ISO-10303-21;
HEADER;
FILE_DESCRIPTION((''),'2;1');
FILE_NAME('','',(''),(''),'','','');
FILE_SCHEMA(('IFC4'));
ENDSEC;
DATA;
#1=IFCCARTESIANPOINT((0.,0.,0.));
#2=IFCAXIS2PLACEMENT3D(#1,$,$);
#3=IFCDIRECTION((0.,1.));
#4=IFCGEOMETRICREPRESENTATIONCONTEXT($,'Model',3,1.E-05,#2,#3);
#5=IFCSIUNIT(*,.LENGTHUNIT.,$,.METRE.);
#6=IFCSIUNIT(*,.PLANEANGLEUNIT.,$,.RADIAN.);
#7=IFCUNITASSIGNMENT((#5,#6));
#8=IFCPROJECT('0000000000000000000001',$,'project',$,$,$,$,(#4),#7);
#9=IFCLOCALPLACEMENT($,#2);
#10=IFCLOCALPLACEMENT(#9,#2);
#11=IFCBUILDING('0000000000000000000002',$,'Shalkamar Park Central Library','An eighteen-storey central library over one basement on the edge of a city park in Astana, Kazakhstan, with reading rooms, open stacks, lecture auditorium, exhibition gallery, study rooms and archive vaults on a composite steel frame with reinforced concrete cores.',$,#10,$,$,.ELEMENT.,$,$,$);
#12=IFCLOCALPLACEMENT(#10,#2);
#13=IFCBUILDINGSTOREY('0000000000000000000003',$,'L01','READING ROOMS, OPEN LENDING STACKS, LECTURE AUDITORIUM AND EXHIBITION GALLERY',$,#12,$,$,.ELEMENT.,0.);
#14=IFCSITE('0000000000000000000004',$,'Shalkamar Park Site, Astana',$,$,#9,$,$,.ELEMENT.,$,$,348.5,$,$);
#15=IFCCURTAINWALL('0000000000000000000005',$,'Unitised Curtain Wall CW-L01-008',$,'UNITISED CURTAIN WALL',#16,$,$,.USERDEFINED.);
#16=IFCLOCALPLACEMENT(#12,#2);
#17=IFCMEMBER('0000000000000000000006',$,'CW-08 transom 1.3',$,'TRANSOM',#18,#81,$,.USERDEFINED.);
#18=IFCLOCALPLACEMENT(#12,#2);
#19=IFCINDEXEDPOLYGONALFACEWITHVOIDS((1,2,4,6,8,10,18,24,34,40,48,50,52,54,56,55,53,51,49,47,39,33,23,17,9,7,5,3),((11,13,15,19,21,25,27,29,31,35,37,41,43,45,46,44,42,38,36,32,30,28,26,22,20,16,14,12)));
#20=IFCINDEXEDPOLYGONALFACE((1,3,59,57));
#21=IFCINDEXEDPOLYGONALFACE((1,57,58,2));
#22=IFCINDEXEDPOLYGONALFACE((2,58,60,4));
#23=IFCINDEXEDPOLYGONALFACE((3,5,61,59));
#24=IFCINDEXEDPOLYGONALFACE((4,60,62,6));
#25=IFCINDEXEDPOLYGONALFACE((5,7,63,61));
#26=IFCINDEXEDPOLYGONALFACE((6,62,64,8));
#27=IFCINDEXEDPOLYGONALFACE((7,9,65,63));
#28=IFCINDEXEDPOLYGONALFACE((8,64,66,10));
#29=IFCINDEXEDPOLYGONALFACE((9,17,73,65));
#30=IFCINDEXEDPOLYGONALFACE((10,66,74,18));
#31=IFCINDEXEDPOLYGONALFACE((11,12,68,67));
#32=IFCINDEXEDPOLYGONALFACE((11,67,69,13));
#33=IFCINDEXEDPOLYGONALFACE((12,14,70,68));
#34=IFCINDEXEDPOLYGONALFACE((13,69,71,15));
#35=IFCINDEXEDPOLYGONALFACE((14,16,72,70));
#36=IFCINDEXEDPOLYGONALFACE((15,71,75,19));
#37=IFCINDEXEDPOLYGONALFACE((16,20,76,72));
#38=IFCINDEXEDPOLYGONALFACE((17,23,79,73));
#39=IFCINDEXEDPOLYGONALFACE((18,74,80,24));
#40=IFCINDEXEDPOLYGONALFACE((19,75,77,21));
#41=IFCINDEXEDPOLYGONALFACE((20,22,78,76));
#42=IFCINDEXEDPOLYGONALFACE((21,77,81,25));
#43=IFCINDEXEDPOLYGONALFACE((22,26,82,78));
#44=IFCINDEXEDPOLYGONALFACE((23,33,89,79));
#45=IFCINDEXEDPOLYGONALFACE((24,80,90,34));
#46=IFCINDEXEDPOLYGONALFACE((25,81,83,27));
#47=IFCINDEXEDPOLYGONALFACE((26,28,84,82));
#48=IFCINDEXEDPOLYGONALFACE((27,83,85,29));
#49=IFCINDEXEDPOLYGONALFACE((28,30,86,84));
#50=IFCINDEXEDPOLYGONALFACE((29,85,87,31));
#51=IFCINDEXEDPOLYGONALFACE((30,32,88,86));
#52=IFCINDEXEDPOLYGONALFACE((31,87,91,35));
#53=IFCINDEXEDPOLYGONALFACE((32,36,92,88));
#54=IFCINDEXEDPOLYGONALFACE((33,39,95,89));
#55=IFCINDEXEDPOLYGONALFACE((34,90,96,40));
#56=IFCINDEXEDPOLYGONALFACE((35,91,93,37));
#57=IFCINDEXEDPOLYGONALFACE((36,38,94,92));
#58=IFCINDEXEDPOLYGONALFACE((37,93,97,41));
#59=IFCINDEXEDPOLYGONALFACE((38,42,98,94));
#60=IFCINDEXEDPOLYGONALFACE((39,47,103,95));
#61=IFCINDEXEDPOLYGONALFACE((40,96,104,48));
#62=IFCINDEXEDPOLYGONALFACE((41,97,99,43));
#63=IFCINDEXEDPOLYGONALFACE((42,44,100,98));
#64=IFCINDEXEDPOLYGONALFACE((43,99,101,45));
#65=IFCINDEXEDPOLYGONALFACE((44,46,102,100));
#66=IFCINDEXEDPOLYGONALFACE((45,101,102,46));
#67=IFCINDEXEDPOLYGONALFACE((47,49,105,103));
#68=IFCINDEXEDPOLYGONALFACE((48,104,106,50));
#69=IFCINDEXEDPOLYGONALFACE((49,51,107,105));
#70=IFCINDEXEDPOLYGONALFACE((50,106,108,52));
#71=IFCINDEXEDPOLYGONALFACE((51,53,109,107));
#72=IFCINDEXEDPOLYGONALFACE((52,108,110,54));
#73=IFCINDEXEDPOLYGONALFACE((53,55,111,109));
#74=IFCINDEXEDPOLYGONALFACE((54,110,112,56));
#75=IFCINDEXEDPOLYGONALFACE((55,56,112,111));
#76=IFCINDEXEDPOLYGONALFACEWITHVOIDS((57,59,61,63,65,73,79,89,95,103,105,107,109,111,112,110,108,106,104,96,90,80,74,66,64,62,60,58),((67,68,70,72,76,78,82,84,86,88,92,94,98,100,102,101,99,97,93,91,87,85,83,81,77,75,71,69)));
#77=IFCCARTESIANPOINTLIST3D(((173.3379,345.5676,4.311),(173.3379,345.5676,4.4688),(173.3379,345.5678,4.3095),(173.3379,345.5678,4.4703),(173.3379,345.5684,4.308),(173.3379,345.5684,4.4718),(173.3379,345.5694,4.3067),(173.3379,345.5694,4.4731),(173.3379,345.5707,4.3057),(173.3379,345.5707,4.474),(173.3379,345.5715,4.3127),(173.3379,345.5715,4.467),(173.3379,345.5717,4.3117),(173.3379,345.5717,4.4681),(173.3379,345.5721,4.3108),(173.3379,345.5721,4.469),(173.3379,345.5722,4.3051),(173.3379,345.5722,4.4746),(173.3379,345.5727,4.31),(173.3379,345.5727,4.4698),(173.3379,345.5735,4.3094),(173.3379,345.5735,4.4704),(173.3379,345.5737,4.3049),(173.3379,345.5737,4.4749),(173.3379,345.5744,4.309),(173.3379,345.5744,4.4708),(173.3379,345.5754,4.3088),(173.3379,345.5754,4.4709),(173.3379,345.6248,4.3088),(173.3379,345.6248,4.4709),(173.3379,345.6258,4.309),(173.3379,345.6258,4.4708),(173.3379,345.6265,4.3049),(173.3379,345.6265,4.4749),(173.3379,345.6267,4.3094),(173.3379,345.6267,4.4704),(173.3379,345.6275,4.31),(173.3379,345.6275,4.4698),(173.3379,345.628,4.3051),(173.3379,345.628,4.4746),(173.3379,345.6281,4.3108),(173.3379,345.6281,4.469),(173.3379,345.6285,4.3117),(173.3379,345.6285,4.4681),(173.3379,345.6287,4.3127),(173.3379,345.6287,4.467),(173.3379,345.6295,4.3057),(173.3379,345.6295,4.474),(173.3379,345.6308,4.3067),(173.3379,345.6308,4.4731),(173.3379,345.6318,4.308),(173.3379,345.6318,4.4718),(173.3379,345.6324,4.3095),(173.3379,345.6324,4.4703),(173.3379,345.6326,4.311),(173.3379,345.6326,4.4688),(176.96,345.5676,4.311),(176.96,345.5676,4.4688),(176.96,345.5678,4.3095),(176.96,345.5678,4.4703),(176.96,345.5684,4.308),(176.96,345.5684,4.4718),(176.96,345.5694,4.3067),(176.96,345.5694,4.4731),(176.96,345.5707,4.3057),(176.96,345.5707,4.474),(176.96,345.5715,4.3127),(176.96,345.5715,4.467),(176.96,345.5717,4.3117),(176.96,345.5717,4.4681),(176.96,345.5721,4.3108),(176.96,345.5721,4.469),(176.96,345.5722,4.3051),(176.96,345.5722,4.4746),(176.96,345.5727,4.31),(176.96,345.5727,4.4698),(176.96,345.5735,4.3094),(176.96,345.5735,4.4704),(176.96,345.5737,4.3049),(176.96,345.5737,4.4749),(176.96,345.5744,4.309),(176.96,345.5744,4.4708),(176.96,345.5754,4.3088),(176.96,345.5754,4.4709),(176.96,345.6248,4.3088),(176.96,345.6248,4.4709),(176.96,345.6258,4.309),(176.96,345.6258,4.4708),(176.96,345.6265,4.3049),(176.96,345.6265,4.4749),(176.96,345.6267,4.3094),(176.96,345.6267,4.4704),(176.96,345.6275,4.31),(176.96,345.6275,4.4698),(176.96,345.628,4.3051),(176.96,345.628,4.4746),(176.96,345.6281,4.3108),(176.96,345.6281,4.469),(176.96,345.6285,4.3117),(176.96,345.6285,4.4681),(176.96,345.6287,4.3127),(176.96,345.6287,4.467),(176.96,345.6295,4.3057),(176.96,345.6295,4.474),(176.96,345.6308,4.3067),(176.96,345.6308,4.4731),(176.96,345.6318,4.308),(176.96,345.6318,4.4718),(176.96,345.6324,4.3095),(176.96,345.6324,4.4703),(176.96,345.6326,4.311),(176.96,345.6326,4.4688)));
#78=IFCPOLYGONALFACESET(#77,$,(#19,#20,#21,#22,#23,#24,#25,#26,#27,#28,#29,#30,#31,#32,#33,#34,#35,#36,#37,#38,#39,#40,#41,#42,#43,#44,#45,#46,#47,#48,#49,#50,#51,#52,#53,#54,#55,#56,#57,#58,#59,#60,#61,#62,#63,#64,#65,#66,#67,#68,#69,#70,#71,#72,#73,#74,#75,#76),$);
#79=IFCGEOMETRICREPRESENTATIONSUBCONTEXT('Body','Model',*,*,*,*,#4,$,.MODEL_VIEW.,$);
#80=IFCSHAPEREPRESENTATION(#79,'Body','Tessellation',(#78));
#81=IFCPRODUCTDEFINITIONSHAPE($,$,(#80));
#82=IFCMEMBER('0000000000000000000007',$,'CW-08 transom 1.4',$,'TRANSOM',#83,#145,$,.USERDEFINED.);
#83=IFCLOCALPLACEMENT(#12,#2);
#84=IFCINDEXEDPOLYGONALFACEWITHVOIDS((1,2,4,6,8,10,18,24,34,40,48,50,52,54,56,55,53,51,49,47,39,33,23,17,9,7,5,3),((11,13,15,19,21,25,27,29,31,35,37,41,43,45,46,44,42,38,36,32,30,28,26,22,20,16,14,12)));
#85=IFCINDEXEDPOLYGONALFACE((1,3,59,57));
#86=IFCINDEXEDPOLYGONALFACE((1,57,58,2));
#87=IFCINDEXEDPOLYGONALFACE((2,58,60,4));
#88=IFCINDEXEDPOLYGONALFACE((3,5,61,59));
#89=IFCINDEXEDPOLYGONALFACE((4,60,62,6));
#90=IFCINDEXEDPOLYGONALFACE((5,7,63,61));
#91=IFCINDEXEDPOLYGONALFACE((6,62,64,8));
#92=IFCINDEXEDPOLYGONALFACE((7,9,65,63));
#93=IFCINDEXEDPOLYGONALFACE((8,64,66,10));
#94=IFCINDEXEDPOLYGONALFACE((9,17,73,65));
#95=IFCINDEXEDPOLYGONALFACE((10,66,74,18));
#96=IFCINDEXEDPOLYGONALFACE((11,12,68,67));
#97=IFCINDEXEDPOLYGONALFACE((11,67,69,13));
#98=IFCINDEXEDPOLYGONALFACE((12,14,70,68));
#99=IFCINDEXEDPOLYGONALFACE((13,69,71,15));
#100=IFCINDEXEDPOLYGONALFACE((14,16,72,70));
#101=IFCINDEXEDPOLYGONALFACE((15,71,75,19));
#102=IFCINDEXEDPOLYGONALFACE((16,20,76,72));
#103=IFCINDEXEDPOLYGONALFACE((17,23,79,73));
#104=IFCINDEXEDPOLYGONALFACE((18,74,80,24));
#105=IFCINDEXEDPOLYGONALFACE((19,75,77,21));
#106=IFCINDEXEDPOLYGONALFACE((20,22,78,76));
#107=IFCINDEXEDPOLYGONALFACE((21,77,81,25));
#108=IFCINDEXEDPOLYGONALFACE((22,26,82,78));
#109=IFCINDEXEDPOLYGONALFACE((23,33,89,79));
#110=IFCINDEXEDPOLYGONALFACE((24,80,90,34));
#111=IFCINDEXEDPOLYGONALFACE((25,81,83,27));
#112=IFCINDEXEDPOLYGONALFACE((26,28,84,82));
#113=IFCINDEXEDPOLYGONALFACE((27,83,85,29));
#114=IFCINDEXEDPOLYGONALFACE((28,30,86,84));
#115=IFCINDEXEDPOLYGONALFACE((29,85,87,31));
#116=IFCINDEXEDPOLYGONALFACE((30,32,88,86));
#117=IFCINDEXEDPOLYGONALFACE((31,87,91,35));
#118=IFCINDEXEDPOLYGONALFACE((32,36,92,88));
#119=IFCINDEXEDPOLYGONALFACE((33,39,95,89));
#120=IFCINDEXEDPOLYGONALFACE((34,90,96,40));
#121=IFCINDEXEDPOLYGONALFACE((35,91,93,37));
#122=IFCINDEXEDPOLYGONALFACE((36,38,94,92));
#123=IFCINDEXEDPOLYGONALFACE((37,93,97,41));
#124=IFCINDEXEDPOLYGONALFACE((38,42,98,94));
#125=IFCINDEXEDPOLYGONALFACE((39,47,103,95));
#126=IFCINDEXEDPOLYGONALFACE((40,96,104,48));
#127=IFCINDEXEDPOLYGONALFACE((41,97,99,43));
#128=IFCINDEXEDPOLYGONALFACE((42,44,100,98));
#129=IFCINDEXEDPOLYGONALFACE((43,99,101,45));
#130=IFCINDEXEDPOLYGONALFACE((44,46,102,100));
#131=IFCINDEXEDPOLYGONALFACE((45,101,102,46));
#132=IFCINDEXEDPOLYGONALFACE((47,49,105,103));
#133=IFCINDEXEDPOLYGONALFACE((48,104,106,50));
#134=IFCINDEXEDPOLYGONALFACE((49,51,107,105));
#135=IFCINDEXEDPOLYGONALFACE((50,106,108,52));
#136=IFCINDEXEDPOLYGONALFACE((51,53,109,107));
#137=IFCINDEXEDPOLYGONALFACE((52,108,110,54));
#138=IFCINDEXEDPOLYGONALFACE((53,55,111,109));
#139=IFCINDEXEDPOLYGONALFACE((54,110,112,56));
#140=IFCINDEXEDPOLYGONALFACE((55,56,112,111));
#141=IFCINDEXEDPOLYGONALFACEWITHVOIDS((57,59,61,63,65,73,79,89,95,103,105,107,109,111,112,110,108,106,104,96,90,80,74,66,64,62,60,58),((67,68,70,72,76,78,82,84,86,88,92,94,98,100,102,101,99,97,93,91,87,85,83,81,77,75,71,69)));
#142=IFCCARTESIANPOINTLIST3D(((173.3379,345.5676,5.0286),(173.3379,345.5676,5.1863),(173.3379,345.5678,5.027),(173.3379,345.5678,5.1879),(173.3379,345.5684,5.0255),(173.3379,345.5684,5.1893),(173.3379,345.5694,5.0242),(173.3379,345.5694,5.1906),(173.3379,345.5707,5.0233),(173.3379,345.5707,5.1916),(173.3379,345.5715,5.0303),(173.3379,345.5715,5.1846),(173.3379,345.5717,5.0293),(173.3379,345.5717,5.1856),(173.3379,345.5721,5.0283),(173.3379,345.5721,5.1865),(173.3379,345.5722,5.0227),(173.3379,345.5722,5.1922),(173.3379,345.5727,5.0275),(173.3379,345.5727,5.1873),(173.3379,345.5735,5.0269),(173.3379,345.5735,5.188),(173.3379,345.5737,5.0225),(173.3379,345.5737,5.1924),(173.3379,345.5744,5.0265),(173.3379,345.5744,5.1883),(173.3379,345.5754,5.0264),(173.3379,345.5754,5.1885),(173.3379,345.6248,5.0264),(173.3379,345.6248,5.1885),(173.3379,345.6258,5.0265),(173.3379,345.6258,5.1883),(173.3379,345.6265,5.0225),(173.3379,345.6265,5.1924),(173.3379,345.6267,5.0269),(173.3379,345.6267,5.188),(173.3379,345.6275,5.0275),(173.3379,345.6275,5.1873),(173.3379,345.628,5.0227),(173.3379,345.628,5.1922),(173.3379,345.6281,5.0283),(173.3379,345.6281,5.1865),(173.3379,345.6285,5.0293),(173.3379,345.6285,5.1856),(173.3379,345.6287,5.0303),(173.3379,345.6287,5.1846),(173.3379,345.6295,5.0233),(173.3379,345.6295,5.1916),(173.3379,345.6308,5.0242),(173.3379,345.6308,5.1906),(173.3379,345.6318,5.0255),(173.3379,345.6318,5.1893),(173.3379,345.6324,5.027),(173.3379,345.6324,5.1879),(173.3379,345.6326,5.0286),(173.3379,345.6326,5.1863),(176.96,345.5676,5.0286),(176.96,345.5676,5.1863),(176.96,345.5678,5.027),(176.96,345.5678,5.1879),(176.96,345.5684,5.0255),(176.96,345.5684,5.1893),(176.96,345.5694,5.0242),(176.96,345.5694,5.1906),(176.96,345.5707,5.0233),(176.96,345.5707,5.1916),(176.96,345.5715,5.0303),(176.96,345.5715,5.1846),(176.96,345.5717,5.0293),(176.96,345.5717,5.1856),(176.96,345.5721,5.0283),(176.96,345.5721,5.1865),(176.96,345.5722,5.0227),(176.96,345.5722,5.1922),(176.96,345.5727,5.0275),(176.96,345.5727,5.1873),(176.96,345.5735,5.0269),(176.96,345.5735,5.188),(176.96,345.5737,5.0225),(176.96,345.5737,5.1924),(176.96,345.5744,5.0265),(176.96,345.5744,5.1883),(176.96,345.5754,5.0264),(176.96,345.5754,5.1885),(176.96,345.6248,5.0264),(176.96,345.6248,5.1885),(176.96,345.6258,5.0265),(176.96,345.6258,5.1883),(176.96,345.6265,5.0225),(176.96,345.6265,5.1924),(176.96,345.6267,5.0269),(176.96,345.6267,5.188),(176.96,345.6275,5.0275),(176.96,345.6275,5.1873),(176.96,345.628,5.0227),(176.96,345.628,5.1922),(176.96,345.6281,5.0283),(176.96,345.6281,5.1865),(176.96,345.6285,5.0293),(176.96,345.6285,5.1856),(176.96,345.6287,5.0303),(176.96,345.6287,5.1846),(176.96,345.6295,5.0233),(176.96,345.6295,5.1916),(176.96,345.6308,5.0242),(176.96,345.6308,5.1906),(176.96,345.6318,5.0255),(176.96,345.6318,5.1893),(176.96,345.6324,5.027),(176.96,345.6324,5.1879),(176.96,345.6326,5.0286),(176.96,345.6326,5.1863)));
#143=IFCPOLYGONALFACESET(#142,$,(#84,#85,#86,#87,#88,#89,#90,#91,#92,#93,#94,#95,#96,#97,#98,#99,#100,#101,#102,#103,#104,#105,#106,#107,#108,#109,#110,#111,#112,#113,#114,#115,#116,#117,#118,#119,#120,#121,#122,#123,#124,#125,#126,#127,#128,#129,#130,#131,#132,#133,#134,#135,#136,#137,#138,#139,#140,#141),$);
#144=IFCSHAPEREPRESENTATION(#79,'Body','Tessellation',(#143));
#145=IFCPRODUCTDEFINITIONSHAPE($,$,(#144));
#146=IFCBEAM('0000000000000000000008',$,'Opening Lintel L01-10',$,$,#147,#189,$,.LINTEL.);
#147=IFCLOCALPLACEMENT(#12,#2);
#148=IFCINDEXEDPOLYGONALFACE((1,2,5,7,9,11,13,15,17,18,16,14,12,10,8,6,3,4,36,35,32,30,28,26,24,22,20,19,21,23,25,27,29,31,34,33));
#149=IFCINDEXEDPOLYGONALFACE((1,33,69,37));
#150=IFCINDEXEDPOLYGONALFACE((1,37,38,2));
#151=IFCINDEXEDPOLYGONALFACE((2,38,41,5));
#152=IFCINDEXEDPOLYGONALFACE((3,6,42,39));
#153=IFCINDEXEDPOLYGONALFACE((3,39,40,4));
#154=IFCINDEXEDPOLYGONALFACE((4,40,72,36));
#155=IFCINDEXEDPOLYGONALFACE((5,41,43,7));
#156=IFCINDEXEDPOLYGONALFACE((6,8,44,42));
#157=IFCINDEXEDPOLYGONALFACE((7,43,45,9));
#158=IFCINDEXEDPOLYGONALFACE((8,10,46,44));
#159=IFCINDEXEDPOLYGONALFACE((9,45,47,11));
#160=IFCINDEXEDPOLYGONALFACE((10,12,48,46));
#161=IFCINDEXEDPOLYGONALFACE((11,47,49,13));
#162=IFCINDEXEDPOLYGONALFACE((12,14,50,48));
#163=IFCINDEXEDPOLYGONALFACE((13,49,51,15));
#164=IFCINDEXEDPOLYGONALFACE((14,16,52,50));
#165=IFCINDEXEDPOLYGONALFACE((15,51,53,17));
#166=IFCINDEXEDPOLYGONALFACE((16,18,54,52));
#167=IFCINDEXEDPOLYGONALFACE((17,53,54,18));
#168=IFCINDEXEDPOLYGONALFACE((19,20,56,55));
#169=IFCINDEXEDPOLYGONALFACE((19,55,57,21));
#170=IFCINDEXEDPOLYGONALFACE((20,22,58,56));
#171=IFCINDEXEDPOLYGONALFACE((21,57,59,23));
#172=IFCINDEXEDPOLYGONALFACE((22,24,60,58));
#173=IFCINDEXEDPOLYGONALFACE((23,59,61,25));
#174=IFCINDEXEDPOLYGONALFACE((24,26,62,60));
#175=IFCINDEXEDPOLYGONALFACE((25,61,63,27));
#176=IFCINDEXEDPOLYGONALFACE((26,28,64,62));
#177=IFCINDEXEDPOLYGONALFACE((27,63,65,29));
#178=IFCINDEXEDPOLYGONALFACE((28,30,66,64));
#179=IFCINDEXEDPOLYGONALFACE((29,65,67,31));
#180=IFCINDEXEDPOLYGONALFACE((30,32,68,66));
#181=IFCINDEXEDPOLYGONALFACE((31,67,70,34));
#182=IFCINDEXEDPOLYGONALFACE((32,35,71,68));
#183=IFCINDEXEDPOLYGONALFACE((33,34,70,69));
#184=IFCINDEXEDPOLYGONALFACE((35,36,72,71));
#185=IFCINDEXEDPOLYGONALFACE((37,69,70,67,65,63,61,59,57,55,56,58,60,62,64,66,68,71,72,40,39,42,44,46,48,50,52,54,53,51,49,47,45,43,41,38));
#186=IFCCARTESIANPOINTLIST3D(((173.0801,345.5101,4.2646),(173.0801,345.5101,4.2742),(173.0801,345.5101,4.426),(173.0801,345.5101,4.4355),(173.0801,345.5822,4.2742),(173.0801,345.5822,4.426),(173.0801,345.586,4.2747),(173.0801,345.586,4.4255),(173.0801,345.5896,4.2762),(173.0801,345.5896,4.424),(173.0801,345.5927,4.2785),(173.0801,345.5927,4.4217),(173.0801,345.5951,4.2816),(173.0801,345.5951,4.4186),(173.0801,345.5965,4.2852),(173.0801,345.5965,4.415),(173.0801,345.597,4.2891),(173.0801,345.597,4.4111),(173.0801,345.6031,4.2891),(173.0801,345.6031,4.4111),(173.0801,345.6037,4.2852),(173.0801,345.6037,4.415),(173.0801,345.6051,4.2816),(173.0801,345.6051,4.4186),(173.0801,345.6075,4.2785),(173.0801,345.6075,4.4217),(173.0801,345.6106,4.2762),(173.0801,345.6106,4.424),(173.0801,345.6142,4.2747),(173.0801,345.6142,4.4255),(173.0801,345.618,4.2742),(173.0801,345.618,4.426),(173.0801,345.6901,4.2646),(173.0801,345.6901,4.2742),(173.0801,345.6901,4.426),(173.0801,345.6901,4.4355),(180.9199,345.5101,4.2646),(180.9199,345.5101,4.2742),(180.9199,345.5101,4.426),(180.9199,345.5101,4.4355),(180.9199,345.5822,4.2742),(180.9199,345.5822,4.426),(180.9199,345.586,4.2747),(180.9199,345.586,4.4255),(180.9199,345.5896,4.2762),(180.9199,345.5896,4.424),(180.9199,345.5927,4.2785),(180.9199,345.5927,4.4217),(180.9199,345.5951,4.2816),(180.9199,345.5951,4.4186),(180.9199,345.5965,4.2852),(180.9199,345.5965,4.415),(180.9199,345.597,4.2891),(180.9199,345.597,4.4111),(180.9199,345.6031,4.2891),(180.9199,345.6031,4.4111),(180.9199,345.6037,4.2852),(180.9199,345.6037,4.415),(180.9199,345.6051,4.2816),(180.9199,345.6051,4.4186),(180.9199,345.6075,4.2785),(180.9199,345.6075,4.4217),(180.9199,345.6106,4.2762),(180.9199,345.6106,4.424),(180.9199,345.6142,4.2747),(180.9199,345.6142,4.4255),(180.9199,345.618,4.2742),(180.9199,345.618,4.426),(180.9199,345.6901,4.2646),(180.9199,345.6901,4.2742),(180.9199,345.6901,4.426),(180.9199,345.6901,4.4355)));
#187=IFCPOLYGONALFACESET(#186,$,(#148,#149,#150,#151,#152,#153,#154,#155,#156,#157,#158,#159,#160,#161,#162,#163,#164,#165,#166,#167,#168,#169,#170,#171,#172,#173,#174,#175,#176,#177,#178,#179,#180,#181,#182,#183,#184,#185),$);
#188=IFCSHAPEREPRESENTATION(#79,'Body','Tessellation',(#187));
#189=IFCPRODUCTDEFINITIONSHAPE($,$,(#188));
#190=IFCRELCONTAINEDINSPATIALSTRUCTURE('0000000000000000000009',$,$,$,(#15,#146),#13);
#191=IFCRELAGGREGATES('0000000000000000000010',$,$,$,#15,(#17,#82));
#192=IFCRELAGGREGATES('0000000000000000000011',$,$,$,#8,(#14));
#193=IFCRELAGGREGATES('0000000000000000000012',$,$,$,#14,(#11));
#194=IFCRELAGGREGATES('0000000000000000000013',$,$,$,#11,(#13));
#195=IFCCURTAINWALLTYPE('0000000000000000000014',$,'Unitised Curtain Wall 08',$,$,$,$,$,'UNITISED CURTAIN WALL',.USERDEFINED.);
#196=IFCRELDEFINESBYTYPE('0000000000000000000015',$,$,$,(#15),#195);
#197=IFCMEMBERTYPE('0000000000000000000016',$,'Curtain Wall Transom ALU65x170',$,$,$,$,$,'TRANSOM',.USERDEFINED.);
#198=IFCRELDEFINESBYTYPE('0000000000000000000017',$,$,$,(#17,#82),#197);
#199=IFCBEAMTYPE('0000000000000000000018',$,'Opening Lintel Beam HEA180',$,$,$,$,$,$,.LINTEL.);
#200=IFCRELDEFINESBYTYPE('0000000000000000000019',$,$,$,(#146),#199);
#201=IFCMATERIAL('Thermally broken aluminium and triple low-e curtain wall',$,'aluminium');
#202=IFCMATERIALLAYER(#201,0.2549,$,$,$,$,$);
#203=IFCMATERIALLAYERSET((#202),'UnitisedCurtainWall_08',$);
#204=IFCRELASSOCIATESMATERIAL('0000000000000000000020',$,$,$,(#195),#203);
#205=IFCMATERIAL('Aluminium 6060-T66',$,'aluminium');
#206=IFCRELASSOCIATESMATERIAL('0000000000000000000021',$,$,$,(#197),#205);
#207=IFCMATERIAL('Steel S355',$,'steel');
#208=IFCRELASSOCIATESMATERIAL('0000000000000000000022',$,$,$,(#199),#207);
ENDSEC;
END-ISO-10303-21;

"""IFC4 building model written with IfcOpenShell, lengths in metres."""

from ifc_helpers import new_model, si_unit, direction, frame, origin, origin_2d, place, context, subcontext, project, spatial, hollow_rectangle, i_section, extrude, material, layer, layer_set, material_profile, profile_set, type_object, element, aggregate, save


model = new_model("IFC4")

# Units and contexts
model_context = context("Model", 3, precision=1e-05, world=origin(), true_north=direction((0.0, 1.0)))
body_context = subcontext(model_context, "Body", "Model", "MODEL_VIEW")
ifc_project = project(units=[si_unit("LENGTHUNIT", "METRE"), si_unit("PLANEANGLEUNIT", "RADIAN")], contexts=[model_context])

# Site, building, storey
site_placement = place(None, origin())
site = spatial("IfcSite", under=ifc_project, at=site_placement, Name="Shalkamar Park Site, Astana", CompositionType="ELEMENT", RefElevation=348.5)
building_placement = place(site_placement, origin())
building = spatial("IfcBuilding", under=site, at=building_placement, Name="Shalkamar Park Central Library", Description="An eighteen-storey central library over one basement on the edge of a city park in Astana, Kazakhstan, with reading rooms, open stacks, lecture auditorium, exhibition gallery, study rooms and archive vaults on a composite steel frame with reinforced concrete cores.", CompositionType="ELEMENT")
storey_placement = place(building_placement, origin())
storey = spatial("IfcBuildingStorey", under=building, at=storey_placement, Name="L01", Description="READING ROOMS, OPEN LENDING STACKS, LECTURE AUDITORIUM AND EXHIBITION GALLERY", CompositionType="ELEMENT", Elevation=0.0)

# Shared definitions
ifc_material_1 = material(Name="Steel S355", Category="steel")

# Curtain wall
ifc_material_2 = material(Name="Thermally broken aluminium and triple low-e curtain wall", Category="aluminium")
ifc_material_3 = material(Name="Aluminium 6060-T66", Category="aluminium")
ifc_layer_1 = layer(ifc_material_2, 0.2549)
ifc_layer_set_1 = layer_set([ifc_layer_1], Name="UnitisedCurtainWall_08")
curtain_wall_type_1 = type_object("IfcCurtainWallType", Name="Unitised Curtain Wall 08", ElementType="UNITISED CURTAIN WALL", PredefinedType="USERDEFINED", material=ifc_layer_set_1)
curtain_wall_1_placement = place(storey_placement, origin())
curtain_wall_1 = element("IfcCurtainWall", 1, at=curtain_wall_1_placement, inside=storey, type_object=curtain_wall_type_1, Name="Unitised Curtain Wall CW-L01-008", ObjectType="UNITISED CURTAIN WALL", PredefinedType="USERDEFINED")

# Members
ifc_material_profile_1 = material_profile(ifc_material_3, hollow_rectangle(XDim=0.0649, YDim=0.1699, WallThickness=0.0039, InnerFilletRadius=0.0039, OuterFilletRadius=0.0061, at=origin_2d()), Name="ALU 65x170x4")
ifc_profile_set_1 = profile_set([ifc_material_profile_1], Name="Aluminium 6060-T66")
member_type_1 = type_object("IfcMemberType", Name="Curtain Wall Transom ALU65x170", ElementType="TRANSOM", PredefinedType="USERDEFINED", material=ifc_profile_set_1)
member_1_placement = place(storey_placement, frame((173.3379, 345.6001, 4.3899), z_axis=(1.0, 0.0, 0.0), x_axis=(0.0, 1.0, 0.0)))
member_1 = element("IfcMember", 2, at=member_1_placement, type_object=member_type_1, Name="CW-08 transom 1.3", ObjectType="TRANSOM", PredefinedType="USERDEFINED", context=body_context, shape_type="SweptSolid", body=[
    extrude(hollow_rectangle(XDim=0.0649, YDim=0.1699, WallThickness=0.0039, InnerFilletRadius=0.0039, OuterFilletRadius=0.0061, at=origin_2d()), origin(), (0.0, 0.0, 1.0), 3.6221),
])
member_2_placement = place(storey_placement, frame((173.3379, 345.6001, 5.1074), z_axis=(1.0, 0.0, 0.0), x_axis=(0.0, 1.0, 0.0)))
member_2 = element("IfcMember", 3, at=member_2_placement, type_object=member_type_1, Name="CW-08 transom 1.4", ObjectType="TRANSOM", PredefinedType="USERDEFINED", context=body_context, shape_type="SweptSolid", body=[
    extrude(hollow_rectangle(XDim=0.0649, YDim=0.1699, WallThickness=0.0039, InnerFilletRadius=0.0039, OuterFilletRadius=0.0061, at=origin_2d()), origin(), (0.0, 0.0, 1.0), 3.6221),
])

# Beam
ifc_material_profile_2 = material_profile(ifc_material_1, i_section(OverallWidth=0.1799, OverallDepth=0.1709, WebThickness=0.0061, FlangeThickness=0.0095, FilletRadius=0.0149, at=origin_2d()), Name="HEA 180")
ifc_profile_set_2 = profile_set([ifc_material_profile_2], Name="Steel S355")
beam_type_1 = type_object("IfcBeamType", Name="Opening Lintel Beam HEA180", PredefinedType="LINTEL", material=ifc_profile_set_2)
beam_1_placement = place(storey_placement, frame((173.0801, 345.6001, 4.3501), z_axis=(1.0, 0.0, 0.0), x_axis=(0.0, 1.0, 0.0)))
element("IfcBeam", 4, at=beam_1_placement, inside=storey, type_object=beam_type_1, Name="Opening Lintel L01-10", PredefinedType="LINTEL", context=body_context, shape_type="SweptSolid", body=[
    extrude(i_section(OverallWidth=0.1799, OverallDepth=0.1709, WebThickness=0.0061, FlangeThickness=0.0095, FilletRadius=0.0149, at=origin_2d()), origin(), (0.0, 0.0, 1.0), 7.8398),
])

aggregate(curtain_wall_1, [member_1, member_2])

save(model, "model.ifc")
